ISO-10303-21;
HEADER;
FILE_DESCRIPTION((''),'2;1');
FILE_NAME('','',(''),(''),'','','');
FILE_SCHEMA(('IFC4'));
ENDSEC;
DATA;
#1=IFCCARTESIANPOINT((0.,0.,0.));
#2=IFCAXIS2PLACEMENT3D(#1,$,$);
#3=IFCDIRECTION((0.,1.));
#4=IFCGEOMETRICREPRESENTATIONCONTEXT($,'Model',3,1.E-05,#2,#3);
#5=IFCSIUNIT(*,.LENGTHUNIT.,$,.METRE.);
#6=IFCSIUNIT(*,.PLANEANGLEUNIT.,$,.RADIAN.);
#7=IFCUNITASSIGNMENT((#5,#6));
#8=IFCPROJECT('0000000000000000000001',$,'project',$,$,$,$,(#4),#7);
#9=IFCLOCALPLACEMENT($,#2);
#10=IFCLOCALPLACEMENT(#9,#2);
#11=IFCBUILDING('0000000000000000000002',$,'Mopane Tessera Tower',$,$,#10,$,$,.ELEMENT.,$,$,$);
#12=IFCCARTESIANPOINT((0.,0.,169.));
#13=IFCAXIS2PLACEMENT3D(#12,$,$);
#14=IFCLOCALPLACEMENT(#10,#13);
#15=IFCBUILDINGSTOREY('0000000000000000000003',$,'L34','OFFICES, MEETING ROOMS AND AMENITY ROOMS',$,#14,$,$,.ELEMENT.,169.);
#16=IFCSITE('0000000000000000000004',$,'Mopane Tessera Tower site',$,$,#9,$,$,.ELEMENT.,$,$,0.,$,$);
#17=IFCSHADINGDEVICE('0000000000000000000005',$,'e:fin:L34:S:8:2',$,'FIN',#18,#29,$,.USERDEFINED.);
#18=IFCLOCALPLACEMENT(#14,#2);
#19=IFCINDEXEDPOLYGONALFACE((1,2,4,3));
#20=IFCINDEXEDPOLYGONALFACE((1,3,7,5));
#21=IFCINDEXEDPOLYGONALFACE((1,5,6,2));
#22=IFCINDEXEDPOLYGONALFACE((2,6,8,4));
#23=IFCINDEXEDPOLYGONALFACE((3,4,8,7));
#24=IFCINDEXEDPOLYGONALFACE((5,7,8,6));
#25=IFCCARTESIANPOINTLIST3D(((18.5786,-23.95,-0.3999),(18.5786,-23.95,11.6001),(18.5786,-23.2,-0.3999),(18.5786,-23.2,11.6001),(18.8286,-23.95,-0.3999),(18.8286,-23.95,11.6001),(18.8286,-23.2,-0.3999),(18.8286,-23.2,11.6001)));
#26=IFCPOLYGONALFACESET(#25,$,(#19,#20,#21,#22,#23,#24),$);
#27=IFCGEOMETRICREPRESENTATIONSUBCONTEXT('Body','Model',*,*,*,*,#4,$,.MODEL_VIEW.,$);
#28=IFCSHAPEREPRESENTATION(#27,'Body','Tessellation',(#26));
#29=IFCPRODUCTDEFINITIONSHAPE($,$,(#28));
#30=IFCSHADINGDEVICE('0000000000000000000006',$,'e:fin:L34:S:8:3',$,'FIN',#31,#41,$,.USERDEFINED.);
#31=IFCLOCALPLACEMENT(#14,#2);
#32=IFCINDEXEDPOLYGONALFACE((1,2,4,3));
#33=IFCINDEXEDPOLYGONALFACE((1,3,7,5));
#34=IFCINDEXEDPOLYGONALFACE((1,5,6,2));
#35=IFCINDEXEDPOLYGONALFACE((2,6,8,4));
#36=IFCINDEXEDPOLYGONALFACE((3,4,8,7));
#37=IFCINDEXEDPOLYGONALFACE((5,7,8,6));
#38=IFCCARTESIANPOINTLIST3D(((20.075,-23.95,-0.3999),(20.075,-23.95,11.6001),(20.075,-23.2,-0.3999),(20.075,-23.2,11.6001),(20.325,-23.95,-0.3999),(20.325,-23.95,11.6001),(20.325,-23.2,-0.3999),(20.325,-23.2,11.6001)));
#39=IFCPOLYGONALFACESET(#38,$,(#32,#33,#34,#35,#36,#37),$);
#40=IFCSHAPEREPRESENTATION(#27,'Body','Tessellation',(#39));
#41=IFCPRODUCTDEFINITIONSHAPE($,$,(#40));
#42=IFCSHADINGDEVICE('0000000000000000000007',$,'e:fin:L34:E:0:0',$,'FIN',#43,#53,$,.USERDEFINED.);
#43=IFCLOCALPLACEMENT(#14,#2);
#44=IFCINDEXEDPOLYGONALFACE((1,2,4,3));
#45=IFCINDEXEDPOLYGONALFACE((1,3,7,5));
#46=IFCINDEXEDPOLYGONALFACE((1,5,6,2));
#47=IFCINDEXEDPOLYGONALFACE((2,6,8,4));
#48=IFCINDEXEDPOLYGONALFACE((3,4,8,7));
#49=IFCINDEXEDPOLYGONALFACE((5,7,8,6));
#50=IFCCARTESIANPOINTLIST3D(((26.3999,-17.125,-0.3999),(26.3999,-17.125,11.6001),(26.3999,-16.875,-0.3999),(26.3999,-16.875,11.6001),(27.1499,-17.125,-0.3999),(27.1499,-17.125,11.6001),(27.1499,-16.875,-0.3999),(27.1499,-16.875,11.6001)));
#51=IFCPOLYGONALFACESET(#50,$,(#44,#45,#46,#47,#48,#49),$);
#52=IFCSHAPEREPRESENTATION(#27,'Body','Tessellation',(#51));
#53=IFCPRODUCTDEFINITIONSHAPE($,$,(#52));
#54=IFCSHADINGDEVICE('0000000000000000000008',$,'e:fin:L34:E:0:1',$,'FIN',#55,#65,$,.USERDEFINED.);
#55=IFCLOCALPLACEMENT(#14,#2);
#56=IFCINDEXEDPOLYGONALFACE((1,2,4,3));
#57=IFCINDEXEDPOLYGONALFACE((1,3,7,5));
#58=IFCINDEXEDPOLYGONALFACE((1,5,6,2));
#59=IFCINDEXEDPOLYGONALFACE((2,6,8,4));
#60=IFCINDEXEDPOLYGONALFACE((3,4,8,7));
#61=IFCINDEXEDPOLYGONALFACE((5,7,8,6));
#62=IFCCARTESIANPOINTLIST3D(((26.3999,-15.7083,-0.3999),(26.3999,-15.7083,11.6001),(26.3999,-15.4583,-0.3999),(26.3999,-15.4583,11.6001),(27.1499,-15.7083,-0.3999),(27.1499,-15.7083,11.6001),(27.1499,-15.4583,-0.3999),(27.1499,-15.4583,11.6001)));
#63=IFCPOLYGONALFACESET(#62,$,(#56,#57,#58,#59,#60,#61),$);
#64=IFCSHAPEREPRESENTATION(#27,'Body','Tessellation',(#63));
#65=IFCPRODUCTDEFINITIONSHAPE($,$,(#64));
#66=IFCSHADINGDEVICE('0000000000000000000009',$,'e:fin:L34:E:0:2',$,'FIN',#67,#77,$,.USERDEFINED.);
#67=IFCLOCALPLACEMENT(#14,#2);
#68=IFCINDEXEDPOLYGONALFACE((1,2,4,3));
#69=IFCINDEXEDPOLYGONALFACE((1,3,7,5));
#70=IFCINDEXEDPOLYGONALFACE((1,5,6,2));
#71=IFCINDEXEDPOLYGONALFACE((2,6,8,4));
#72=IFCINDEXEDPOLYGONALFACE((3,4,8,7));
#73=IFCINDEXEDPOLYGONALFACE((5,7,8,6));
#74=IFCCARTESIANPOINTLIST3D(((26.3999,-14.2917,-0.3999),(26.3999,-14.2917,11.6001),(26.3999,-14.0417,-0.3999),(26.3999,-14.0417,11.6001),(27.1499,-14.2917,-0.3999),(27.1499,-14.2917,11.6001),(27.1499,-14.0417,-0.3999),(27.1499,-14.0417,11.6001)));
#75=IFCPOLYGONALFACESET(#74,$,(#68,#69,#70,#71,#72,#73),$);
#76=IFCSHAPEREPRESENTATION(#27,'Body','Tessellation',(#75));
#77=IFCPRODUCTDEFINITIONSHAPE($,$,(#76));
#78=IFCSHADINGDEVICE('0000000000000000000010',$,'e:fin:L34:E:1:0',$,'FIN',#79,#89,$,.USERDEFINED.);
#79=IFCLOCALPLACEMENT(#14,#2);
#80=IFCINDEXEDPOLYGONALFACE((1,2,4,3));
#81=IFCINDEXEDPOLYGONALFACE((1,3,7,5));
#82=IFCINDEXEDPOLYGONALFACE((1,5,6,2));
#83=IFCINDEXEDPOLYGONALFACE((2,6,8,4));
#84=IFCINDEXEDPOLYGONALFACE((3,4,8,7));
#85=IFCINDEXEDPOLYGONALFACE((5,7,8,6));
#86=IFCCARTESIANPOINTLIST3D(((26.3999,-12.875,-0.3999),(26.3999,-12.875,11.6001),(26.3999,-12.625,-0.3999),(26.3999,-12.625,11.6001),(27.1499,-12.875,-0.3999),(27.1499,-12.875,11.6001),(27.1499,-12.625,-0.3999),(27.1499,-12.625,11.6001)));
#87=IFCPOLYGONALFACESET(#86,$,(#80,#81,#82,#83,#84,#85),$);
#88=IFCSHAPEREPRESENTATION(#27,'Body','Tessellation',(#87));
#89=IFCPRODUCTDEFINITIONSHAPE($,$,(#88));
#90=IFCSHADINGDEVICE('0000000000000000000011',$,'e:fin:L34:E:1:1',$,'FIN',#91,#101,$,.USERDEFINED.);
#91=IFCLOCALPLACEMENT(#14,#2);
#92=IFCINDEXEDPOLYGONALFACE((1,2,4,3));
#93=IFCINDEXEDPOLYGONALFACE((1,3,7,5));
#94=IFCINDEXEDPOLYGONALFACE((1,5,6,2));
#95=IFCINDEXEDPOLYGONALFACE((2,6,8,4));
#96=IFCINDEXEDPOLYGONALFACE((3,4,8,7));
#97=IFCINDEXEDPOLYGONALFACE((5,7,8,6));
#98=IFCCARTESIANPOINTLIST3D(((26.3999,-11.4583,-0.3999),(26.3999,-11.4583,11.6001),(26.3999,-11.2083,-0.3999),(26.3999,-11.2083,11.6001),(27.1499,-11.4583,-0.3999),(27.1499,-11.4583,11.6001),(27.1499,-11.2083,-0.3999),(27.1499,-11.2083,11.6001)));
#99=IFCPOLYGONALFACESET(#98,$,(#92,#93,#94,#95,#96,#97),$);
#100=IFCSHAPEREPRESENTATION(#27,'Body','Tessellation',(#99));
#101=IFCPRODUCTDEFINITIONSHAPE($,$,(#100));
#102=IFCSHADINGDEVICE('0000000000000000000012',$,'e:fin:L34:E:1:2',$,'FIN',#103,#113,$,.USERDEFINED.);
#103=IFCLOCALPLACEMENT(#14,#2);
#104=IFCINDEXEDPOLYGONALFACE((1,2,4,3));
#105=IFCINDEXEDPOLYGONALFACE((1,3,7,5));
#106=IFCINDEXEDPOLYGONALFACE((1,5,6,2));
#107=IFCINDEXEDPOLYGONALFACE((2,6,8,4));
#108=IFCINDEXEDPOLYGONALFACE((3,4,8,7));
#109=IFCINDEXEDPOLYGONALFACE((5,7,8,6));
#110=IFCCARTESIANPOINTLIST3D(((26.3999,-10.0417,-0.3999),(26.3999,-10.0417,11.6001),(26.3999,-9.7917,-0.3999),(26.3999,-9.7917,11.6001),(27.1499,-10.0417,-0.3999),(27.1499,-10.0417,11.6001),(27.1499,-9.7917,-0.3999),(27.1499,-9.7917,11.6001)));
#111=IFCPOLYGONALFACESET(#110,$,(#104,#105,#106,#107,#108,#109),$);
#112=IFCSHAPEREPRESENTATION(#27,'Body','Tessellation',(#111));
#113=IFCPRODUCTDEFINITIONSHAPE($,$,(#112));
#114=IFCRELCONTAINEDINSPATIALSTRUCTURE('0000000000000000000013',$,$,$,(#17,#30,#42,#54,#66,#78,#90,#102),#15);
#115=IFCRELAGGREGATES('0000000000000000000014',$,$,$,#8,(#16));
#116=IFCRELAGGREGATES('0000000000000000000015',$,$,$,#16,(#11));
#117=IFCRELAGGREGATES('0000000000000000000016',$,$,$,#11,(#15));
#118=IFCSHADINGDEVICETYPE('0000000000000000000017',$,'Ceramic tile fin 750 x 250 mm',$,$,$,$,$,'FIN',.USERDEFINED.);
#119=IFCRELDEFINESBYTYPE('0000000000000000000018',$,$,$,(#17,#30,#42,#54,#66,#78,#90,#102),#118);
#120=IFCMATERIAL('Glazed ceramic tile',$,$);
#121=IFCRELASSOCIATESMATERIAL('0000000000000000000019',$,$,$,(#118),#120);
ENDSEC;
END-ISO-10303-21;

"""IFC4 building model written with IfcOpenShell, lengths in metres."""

from ifc_helpers import new_model, si_unit, direction, frame, origin, origin_2d, place, context, subcontext, project, spatial, rectangle, extrude, material, type_object, element, save


model = new_model("IFC4")

# Units and contexts
model_context = context("Model", 3, precision=1e-05, world=origin(), true_north=direction((0.0, 1.0)))
body_context = subcontext(model_context, "Body", "Model", "MODEL_VIEW")
ifc_project = project(units=[si_unit("LENGTHUNIT", "METRE"), si_unit("PLANEANGLEUNIT", "RADIAN")], contexts=[model_context])

# Site, building, storey
site_placement = place(None, origin())
site = spatial("IfcSite", under=ifc_project, at=site_placement, Name="Mopane Tessera Tower site", CompositionType="ELEMENT", RefElevation=0.0)
building_placement = place(site_placement, origin())
building = spatial("IfcBuilding", under=site, at=building_placement, Name="Mopane Tessera Tower", CompositionType="ELEMENT")
storey_placement = place(building_placement, frame((0.0, 0.0, 169.0)))
storey = spatial("IfcBuildingStorey", under=building, at=storey_placement, Name="L34", Description="OFFICES, MEETING ROOMS AND AMENITY ROOMS", CompositionType="ELEMENT", Elevation=169.0)

# Shading devices
ifc_material_1 = material(Name="Glazed ceramic tile")
shading_device_type = type_object("IfcShadingDeviceType", Name="Ceramic tile fin 750 x 250 mm", ElementType="FIN", PredefinedType="USERDEFINED", material=ifc_material_1)
for number, where, z_axis, x_axis, name in (
    (1, (18.7036, -23.575, -0.3999), (0.0, 0.0, 1.0), (1.0, 0.0, 0.0), "e:fin:L34:S:8:2"),
    (2, (20.2, -23.575, -0.3999), (0.0, 0.0, 1.0), (1.0, 0.0, 0.0), "e:fin:L34:S:8:3"),
    (3, (26.7749, -17.0, -0.3999), (0.0, 0.0, 1.0), (0.0, 1.0, 0.0), "e:fin:L34:E:0:0"),
    (4, (26.7749, -15.5833, -0.3999), (0.0, 0.0, 1.0), (0.0, 1.0, 0.0), "e:fin:L34:E:0:1"),
    (5, (26.7749, -14.1667, -0.3999), (0.0, 0.0, 1.0), (0.0, 1.0, 0.0), "e:fin:L34:E:0:2"),
    (6, (26.7749, -12.75, -0.3999), (0.0, 0.0, 1.0), (0.0, 1.0, 0.0), "e:fin:L34:E:1:0"),
    (7, (26.7749, -11.3333, -0.3999), (0.0, 0.0, 1.0), (0.0, 1.0, 0.0), "e:fin:L34:E:1:1"),
    (8, (26.7749, -9.9167, -0.3999), (0.0, 0.0, 1.0), (0.0, 1.0, 0.0), "e:fin:L34:E:1:2"),
):
    element("IfcShadingDevice", number, at=place(storey_placement, frame(where, z_axis=z_axis, x_axis=x_axis)), inside=storey, type_object=shading_device_type, Name=name, ObjectType="FIN", PredefinedType="USERDEFINED", context=body_context, shape_type="SweptSolid", body=[
        extrude(rectangle(XDim=0.25, YDim=0.75, at=origin_2d()), origin(), (0.0, 0.0, 1.0), 12.0),
    ])

save(model, "model.ifc")
